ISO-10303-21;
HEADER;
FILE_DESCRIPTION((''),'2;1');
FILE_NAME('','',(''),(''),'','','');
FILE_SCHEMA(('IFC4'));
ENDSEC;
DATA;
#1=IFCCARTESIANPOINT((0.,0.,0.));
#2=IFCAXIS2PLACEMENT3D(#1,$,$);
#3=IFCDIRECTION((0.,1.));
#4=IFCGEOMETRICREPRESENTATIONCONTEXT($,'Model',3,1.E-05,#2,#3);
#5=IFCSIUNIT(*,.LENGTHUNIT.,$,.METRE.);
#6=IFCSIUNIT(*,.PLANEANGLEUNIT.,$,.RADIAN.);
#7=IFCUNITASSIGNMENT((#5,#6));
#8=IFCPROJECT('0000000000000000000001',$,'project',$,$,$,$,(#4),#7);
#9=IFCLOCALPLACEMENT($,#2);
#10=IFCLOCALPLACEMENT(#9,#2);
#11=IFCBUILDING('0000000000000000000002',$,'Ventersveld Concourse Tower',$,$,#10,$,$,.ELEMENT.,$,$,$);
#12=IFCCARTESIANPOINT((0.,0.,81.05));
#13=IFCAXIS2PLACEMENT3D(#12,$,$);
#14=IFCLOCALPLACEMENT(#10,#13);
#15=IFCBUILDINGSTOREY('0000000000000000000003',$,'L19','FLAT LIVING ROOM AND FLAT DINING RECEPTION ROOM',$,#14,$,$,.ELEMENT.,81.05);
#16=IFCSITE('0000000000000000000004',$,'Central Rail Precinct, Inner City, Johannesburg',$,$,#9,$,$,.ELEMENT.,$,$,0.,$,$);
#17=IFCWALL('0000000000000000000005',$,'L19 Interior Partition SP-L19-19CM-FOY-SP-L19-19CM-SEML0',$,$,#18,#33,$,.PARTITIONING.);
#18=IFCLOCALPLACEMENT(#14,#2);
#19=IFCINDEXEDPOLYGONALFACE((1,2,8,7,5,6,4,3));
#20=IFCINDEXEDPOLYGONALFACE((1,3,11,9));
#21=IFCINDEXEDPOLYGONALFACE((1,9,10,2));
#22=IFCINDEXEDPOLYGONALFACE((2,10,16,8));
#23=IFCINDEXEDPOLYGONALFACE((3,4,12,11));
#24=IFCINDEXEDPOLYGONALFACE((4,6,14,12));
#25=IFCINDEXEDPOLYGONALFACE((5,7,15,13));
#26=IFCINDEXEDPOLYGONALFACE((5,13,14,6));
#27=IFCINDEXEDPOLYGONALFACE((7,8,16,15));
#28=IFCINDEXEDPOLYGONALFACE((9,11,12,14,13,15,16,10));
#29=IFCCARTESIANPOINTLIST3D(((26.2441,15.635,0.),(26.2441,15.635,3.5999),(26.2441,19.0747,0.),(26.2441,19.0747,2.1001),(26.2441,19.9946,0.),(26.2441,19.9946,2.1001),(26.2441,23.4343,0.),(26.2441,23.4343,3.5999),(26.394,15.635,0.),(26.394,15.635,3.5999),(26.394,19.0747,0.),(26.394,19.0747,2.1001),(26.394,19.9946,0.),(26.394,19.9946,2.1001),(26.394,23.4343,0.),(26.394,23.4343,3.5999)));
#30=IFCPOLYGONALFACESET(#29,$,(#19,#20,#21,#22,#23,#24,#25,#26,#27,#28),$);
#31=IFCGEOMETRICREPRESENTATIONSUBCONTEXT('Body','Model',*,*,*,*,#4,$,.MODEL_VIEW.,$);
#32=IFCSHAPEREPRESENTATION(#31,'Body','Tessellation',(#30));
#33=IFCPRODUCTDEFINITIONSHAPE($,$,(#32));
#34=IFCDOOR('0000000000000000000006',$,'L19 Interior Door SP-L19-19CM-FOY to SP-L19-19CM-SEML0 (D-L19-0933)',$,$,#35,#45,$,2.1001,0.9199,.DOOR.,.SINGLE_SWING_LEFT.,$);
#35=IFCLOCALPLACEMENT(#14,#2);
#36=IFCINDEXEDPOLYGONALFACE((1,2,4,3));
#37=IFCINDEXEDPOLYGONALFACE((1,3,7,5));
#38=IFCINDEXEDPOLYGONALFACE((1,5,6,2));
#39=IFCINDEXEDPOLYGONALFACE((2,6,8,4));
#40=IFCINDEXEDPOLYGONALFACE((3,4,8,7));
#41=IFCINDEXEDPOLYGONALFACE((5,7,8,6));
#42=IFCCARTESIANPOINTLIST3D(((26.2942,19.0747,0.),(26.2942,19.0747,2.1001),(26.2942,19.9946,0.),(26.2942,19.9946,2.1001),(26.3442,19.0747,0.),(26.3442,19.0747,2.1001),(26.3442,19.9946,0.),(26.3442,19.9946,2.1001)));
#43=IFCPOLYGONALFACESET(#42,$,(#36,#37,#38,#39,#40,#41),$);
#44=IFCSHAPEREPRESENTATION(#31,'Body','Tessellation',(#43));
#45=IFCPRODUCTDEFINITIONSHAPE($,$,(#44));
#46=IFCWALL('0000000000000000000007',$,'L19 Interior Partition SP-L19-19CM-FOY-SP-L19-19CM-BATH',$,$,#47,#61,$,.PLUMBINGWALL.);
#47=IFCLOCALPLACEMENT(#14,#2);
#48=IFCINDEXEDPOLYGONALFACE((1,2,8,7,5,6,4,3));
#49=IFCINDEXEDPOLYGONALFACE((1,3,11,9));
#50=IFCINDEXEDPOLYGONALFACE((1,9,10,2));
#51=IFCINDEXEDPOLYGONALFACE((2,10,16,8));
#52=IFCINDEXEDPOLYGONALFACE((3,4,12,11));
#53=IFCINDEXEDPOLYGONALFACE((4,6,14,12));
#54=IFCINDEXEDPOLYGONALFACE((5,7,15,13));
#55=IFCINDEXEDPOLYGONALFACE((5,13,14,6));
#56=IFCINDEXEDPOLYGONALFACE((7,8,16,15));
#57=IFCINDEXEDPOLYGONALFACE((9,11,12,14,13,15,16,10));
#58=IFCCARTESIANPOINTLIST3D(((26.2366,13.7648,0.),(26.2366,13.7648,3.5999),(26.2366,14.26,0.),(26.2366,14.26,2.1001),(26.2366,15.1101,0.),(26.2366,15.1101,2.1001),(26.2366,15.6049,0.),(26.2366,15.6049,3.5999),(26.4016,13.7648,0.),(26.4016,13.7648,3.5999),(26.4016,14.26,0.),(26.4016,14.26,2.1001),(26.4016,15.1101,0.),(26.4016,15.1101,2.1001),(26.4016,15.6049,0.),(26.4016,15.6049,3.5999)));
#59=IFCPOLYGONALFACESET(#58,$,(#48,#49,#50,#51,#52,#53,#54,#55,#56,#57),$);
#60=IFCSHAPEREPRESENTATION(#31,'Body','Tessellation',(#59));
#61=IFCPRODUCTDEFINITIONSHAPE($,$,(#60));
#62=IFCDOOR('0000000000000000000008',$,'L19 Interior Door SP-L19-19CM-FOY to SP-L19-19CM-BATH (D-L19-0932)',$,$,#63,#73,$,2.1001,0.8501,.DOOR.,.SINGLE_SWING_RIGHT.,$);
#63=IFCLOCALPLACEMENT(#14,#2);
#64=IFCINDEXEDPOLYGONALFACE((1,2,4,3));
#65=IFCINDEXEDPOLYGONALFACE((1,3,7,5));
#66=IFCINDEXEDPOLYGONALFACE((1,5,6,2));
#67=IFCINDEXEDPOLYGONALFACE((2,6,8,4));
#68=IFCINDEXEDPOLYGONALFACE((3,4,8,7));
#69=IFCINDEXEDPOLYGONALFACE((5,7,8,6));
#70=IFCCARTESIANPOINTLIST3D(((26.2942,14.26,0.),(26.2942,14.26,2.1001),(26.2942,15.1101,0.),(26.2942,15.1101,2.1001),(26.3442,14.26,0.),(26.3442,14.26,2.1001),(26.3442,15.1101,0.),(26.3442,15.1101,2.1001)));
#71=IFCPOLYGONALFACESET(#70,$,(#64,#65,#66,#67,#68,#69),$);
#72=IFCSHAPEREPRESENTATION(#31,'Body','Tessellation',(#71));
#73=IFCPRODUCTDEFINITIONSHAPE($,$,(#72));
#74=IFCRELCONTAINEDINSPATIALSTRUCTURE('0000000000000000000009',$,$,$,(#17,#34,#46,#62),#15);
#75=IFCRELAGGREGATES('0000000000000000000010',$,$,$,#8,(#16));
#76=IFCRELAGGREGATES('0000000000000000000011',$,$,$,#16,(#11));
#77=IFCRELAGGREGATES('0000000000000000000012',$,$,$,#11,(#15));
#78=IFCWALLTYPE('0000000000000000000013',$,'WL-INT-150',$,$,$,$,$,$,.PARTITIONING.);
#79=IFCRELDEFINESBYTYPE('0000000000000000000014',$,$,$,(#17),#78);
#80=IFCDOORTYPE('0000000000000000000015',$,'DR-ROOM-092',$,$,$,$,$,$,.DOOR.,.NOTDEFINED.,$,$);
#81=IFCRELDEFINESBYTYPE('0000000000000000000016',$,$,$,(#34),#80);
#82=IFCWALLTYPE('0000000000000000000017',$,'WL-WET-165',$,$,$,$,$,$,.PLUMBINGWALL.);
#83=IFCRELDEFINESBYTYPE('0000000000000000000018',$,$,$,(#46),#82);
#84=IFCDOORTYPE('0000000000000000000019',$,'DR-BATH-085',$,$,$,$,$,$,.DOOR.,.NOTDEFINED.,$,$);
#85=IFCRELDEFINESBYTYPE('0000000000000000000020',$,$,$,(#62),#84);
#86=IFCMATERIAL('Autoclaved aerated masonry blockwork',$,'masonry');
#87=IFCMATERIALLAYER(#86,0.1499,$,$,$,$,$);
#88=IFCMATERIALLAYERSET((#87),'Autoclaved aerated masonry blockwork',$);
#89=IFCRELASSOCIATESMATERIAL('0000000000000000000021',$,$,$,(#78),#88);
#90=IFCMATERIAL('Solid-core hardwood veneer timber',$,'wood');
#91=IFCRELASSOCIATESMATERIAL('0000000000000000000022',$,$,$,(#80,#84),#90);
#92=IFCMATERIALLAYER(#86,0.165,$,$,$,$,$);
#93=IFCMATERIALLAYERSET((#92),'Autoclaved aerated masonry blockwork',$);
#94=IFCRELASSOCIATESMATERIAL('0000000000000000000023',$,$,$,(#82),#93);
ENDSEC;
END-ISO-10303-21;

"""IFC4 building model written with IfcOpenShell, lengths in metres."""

from ifc_helpers import new_model, si_unit, direction, frame, frame_2d, origin, place, context, subcontext, project, spatial, rectangle, extrude, material, layer, layer_set, type_object, element, fill, save


model = new_model("IFC4")

# Units and contexts
model_context = context("Model", 3, precision=1e-05, world=origin(), true_north=direction((0.0, 1.0)))
body_context = subcontext(model_context, "Body", "Model", "MODEL_VIEW")
ifc_project = project(units=[si_unit("LENGTHUNIT", "METRE"), si_unit("PLANEANGLEUNIT", "RADIAN")], contexts=[model_context])

# Site, building, storey
site_placement = place(None, origin())
site = spatial("IfcSite", under=ifc_project, at=site_placement, Name="Central Rail Precinct, Inner City, Johannesburg", CompositionType="ELEMENT", RefElevation=0.0)
building_placement = place(site_placement, origin())
building = spatial("IfcBuilding", under=site, at=building_placement, Name="Ventersveld Concourse Tower", CompositionType="ELEMENT")
storey_placement = place(building_placement, frame((0.0, 0.0, 81.05)))
storey = spatial("IfcBuildingStorey", under=building, at=storey_placement, Name="L19", Description="FLAT LIVING ROOM AND FLAT DINING RECEPTION ROOM", CompositionType="ELEMENT", Elevation=81.05)

# Shared definitions
ifc_material_1 = material(Name="Solid-core hardwood veneer timber", Category="wood")

# Walls, openings, doors
ifc_material_2 = material(Name="Autoclaved aerated masonry blockwork", Category="masonry")
ifc_layer_1 = layer(ifc_material_2, 0.1499)
ifc_layer_set_1 = layer_set([ifc_layer_1], Name="Autoclaved aerated masonry blockwork")
wall_type_1 = type_object("IfcWallType", Name="WL-INT-150", PredefinedType="PARTITIONING", material=ifc_layer_set_1)
wall_1_placement = place(storey_placement, frame((26.3191, 15.635, 0.0), z_axis=(0.0, 0.0, 1.0), x_axis=(0.0, 1.0, 0.0)))
wall_1 = element("IfcWall", 1, at=wall_1_placement, inside=storey, type_object=wall_type_1, Name="L19 Interior Partition SP-L19-19CM-FOY-SP-L19-19CM-SEML0", PredefinedType="PARTITIONING", context=body_context, shape_type="SweptSolid", body=[
    extrude(rectangle(XDim=7.7993, YDim=0.1499, at=frame_2d((3.8997, 0.0))), origin(), (0.0, 0.0, 1.0), 3.5999),
])
opening_1_placement = place(wall_1_placement, frame((3.4397, 0.0, 0.0)))
opening_1 = element("IfcOpeningElement", 2, at=opening_1_placement, cuts=wall_1, PredefinedType="OPENING", context=body_context, shape_type="SweptSolid", body=[
    extrude(rectangle(XDim=0.9199, YDim=2.1001, at=frame_2d((0.46, 1.05))), frame((0.0, 0.085, 0.0), z_axis=(0.0, -1.0, 0.0), x_axis=(1.0, 0.0, 0.0)), (0.0, 0.0, 1.0), 0.1699),
])
door_type_1 = type_object("IfcDoorType", Name="DR-ROOM-092", OperationType="NOTDEFINED", PredefinedType="DOOR", material=ifc_material_1)
door_1_placement = place(opening_1_placement, origin())
door_1 = element("IfcDoor", 3, at=door_1_placement, inside=storey, type_object=door_type_1, Name="L19 Interior Door SP-L19-19CM-FOY to SP-L19-19CM-SEML0 (D-L19-0933)", OperationType="SINGLE_SWING_LEFT", OverallHeight=2.1001, OverallWidth=0.9199, PredefinedType="DOOR", context=body_context, shape_type="SweptSolid", body=[
    extrude(rectangle(XDim=0.9199, YDim=2.1001, at=frame_2d((0.46, 1.05))), frame((0.0, 0.0249, 0.0), z_axis=(0.0, -1.0, 0.0), x_axis=(1.0, 0.0, 0.0)), (0.0, 0.0, 1.0), 0.05),
])
fill(opening_1, door_1)
ifc_layer_2 = layer(ifc_material_2, 0.165)
ifc_layer_set_2 = layer_set([ifc_layer_2], Name="Autoclaved aerated masonry blockwork")
wall_type_2 = type_object("IfcWallType", Name="WL-WET-165", PredefinedType="PLUMBINGWALL", material=ifc_layer_set_2)
wall_2_placement = place(storey_placement, frame((26.3191, 13.7649, 0.0), z_axis=(0.0, 0.0, 1.0), x_axis=(0.0, 1.0, 0.0)))
wall_2 = element("IfcWall", 4, at=wall_2_placement, inside=storey, type_object=wall_type_2, Name="L19 Interior Partition SP-L19-19CM-FOY-SP-L19-19CM-BATH", PredefinedType="PLUMBINGWALL", context=body_context, shape_type="SweptSolid", body=[
    extrude(rectangle(XDim=1.8401, YDim=0.165, at=frame_2d((0.9199, 0.0))), origin(), (0.0, 0.0, 1.0), 3.5999),
])
opening_2_placement = place(wall_2_placement, frame((0.4951, 0.0, 0.0)))
opening_2 = element("IfcOpeningElement", 5, at=opening_2_placement, cuts=wall_2, PredefinedType="OPENING", context=body_context, shape_type="SweptSolid", body=[
    extrude(rectangle(XDim=0.8501, YDim=2.1001, at=frame_2d((0.425, 1.05))), frame((0.0, 0.0925, 0.0), z_axis=(0.0, -1.0, 0.0), x_axis=(1.0, 0.0, 0.0)), (0.0, 0.0, 1.0), 0.1851),
])
door_type_2 = type_object("IfcDoorType", Name="DR-BATH-085", OperationType="NOTDEFINED", PredefinedType="DOOR", material=ifc_material_1)
door_2_placement = place(opening_2_placement, origin())
door_2 = element("IfcDoor", 6, at=door_2_placement, inside=storey, type_object=door_type_2, Name="L19 Interior Door SP-L19-19CM-FOY to SP-L19-19CM-BATH (D-L19-0932)", OperationType="SINGLE_SWING_RIGHT", OverallHeight=2.1001, OverallWidth=0.8501, PredefinedType="DOOR", context=body_context, shape_type="SweptSolid", body=[
    extrude(rectangle(XDim=0.8501, YDim=2.1001, at=frame_2d((0.425, 1.05))), frame((0.0, 0.0249, 0.0), z_axis=(0.0, -1.0, 0.0), x_axis=(1.0, 0.0, 0.0)), (0.0, 0.0, 1.0), 0.05),
])
fill(opening_2, door_2)

save(model, "model.ifc")
